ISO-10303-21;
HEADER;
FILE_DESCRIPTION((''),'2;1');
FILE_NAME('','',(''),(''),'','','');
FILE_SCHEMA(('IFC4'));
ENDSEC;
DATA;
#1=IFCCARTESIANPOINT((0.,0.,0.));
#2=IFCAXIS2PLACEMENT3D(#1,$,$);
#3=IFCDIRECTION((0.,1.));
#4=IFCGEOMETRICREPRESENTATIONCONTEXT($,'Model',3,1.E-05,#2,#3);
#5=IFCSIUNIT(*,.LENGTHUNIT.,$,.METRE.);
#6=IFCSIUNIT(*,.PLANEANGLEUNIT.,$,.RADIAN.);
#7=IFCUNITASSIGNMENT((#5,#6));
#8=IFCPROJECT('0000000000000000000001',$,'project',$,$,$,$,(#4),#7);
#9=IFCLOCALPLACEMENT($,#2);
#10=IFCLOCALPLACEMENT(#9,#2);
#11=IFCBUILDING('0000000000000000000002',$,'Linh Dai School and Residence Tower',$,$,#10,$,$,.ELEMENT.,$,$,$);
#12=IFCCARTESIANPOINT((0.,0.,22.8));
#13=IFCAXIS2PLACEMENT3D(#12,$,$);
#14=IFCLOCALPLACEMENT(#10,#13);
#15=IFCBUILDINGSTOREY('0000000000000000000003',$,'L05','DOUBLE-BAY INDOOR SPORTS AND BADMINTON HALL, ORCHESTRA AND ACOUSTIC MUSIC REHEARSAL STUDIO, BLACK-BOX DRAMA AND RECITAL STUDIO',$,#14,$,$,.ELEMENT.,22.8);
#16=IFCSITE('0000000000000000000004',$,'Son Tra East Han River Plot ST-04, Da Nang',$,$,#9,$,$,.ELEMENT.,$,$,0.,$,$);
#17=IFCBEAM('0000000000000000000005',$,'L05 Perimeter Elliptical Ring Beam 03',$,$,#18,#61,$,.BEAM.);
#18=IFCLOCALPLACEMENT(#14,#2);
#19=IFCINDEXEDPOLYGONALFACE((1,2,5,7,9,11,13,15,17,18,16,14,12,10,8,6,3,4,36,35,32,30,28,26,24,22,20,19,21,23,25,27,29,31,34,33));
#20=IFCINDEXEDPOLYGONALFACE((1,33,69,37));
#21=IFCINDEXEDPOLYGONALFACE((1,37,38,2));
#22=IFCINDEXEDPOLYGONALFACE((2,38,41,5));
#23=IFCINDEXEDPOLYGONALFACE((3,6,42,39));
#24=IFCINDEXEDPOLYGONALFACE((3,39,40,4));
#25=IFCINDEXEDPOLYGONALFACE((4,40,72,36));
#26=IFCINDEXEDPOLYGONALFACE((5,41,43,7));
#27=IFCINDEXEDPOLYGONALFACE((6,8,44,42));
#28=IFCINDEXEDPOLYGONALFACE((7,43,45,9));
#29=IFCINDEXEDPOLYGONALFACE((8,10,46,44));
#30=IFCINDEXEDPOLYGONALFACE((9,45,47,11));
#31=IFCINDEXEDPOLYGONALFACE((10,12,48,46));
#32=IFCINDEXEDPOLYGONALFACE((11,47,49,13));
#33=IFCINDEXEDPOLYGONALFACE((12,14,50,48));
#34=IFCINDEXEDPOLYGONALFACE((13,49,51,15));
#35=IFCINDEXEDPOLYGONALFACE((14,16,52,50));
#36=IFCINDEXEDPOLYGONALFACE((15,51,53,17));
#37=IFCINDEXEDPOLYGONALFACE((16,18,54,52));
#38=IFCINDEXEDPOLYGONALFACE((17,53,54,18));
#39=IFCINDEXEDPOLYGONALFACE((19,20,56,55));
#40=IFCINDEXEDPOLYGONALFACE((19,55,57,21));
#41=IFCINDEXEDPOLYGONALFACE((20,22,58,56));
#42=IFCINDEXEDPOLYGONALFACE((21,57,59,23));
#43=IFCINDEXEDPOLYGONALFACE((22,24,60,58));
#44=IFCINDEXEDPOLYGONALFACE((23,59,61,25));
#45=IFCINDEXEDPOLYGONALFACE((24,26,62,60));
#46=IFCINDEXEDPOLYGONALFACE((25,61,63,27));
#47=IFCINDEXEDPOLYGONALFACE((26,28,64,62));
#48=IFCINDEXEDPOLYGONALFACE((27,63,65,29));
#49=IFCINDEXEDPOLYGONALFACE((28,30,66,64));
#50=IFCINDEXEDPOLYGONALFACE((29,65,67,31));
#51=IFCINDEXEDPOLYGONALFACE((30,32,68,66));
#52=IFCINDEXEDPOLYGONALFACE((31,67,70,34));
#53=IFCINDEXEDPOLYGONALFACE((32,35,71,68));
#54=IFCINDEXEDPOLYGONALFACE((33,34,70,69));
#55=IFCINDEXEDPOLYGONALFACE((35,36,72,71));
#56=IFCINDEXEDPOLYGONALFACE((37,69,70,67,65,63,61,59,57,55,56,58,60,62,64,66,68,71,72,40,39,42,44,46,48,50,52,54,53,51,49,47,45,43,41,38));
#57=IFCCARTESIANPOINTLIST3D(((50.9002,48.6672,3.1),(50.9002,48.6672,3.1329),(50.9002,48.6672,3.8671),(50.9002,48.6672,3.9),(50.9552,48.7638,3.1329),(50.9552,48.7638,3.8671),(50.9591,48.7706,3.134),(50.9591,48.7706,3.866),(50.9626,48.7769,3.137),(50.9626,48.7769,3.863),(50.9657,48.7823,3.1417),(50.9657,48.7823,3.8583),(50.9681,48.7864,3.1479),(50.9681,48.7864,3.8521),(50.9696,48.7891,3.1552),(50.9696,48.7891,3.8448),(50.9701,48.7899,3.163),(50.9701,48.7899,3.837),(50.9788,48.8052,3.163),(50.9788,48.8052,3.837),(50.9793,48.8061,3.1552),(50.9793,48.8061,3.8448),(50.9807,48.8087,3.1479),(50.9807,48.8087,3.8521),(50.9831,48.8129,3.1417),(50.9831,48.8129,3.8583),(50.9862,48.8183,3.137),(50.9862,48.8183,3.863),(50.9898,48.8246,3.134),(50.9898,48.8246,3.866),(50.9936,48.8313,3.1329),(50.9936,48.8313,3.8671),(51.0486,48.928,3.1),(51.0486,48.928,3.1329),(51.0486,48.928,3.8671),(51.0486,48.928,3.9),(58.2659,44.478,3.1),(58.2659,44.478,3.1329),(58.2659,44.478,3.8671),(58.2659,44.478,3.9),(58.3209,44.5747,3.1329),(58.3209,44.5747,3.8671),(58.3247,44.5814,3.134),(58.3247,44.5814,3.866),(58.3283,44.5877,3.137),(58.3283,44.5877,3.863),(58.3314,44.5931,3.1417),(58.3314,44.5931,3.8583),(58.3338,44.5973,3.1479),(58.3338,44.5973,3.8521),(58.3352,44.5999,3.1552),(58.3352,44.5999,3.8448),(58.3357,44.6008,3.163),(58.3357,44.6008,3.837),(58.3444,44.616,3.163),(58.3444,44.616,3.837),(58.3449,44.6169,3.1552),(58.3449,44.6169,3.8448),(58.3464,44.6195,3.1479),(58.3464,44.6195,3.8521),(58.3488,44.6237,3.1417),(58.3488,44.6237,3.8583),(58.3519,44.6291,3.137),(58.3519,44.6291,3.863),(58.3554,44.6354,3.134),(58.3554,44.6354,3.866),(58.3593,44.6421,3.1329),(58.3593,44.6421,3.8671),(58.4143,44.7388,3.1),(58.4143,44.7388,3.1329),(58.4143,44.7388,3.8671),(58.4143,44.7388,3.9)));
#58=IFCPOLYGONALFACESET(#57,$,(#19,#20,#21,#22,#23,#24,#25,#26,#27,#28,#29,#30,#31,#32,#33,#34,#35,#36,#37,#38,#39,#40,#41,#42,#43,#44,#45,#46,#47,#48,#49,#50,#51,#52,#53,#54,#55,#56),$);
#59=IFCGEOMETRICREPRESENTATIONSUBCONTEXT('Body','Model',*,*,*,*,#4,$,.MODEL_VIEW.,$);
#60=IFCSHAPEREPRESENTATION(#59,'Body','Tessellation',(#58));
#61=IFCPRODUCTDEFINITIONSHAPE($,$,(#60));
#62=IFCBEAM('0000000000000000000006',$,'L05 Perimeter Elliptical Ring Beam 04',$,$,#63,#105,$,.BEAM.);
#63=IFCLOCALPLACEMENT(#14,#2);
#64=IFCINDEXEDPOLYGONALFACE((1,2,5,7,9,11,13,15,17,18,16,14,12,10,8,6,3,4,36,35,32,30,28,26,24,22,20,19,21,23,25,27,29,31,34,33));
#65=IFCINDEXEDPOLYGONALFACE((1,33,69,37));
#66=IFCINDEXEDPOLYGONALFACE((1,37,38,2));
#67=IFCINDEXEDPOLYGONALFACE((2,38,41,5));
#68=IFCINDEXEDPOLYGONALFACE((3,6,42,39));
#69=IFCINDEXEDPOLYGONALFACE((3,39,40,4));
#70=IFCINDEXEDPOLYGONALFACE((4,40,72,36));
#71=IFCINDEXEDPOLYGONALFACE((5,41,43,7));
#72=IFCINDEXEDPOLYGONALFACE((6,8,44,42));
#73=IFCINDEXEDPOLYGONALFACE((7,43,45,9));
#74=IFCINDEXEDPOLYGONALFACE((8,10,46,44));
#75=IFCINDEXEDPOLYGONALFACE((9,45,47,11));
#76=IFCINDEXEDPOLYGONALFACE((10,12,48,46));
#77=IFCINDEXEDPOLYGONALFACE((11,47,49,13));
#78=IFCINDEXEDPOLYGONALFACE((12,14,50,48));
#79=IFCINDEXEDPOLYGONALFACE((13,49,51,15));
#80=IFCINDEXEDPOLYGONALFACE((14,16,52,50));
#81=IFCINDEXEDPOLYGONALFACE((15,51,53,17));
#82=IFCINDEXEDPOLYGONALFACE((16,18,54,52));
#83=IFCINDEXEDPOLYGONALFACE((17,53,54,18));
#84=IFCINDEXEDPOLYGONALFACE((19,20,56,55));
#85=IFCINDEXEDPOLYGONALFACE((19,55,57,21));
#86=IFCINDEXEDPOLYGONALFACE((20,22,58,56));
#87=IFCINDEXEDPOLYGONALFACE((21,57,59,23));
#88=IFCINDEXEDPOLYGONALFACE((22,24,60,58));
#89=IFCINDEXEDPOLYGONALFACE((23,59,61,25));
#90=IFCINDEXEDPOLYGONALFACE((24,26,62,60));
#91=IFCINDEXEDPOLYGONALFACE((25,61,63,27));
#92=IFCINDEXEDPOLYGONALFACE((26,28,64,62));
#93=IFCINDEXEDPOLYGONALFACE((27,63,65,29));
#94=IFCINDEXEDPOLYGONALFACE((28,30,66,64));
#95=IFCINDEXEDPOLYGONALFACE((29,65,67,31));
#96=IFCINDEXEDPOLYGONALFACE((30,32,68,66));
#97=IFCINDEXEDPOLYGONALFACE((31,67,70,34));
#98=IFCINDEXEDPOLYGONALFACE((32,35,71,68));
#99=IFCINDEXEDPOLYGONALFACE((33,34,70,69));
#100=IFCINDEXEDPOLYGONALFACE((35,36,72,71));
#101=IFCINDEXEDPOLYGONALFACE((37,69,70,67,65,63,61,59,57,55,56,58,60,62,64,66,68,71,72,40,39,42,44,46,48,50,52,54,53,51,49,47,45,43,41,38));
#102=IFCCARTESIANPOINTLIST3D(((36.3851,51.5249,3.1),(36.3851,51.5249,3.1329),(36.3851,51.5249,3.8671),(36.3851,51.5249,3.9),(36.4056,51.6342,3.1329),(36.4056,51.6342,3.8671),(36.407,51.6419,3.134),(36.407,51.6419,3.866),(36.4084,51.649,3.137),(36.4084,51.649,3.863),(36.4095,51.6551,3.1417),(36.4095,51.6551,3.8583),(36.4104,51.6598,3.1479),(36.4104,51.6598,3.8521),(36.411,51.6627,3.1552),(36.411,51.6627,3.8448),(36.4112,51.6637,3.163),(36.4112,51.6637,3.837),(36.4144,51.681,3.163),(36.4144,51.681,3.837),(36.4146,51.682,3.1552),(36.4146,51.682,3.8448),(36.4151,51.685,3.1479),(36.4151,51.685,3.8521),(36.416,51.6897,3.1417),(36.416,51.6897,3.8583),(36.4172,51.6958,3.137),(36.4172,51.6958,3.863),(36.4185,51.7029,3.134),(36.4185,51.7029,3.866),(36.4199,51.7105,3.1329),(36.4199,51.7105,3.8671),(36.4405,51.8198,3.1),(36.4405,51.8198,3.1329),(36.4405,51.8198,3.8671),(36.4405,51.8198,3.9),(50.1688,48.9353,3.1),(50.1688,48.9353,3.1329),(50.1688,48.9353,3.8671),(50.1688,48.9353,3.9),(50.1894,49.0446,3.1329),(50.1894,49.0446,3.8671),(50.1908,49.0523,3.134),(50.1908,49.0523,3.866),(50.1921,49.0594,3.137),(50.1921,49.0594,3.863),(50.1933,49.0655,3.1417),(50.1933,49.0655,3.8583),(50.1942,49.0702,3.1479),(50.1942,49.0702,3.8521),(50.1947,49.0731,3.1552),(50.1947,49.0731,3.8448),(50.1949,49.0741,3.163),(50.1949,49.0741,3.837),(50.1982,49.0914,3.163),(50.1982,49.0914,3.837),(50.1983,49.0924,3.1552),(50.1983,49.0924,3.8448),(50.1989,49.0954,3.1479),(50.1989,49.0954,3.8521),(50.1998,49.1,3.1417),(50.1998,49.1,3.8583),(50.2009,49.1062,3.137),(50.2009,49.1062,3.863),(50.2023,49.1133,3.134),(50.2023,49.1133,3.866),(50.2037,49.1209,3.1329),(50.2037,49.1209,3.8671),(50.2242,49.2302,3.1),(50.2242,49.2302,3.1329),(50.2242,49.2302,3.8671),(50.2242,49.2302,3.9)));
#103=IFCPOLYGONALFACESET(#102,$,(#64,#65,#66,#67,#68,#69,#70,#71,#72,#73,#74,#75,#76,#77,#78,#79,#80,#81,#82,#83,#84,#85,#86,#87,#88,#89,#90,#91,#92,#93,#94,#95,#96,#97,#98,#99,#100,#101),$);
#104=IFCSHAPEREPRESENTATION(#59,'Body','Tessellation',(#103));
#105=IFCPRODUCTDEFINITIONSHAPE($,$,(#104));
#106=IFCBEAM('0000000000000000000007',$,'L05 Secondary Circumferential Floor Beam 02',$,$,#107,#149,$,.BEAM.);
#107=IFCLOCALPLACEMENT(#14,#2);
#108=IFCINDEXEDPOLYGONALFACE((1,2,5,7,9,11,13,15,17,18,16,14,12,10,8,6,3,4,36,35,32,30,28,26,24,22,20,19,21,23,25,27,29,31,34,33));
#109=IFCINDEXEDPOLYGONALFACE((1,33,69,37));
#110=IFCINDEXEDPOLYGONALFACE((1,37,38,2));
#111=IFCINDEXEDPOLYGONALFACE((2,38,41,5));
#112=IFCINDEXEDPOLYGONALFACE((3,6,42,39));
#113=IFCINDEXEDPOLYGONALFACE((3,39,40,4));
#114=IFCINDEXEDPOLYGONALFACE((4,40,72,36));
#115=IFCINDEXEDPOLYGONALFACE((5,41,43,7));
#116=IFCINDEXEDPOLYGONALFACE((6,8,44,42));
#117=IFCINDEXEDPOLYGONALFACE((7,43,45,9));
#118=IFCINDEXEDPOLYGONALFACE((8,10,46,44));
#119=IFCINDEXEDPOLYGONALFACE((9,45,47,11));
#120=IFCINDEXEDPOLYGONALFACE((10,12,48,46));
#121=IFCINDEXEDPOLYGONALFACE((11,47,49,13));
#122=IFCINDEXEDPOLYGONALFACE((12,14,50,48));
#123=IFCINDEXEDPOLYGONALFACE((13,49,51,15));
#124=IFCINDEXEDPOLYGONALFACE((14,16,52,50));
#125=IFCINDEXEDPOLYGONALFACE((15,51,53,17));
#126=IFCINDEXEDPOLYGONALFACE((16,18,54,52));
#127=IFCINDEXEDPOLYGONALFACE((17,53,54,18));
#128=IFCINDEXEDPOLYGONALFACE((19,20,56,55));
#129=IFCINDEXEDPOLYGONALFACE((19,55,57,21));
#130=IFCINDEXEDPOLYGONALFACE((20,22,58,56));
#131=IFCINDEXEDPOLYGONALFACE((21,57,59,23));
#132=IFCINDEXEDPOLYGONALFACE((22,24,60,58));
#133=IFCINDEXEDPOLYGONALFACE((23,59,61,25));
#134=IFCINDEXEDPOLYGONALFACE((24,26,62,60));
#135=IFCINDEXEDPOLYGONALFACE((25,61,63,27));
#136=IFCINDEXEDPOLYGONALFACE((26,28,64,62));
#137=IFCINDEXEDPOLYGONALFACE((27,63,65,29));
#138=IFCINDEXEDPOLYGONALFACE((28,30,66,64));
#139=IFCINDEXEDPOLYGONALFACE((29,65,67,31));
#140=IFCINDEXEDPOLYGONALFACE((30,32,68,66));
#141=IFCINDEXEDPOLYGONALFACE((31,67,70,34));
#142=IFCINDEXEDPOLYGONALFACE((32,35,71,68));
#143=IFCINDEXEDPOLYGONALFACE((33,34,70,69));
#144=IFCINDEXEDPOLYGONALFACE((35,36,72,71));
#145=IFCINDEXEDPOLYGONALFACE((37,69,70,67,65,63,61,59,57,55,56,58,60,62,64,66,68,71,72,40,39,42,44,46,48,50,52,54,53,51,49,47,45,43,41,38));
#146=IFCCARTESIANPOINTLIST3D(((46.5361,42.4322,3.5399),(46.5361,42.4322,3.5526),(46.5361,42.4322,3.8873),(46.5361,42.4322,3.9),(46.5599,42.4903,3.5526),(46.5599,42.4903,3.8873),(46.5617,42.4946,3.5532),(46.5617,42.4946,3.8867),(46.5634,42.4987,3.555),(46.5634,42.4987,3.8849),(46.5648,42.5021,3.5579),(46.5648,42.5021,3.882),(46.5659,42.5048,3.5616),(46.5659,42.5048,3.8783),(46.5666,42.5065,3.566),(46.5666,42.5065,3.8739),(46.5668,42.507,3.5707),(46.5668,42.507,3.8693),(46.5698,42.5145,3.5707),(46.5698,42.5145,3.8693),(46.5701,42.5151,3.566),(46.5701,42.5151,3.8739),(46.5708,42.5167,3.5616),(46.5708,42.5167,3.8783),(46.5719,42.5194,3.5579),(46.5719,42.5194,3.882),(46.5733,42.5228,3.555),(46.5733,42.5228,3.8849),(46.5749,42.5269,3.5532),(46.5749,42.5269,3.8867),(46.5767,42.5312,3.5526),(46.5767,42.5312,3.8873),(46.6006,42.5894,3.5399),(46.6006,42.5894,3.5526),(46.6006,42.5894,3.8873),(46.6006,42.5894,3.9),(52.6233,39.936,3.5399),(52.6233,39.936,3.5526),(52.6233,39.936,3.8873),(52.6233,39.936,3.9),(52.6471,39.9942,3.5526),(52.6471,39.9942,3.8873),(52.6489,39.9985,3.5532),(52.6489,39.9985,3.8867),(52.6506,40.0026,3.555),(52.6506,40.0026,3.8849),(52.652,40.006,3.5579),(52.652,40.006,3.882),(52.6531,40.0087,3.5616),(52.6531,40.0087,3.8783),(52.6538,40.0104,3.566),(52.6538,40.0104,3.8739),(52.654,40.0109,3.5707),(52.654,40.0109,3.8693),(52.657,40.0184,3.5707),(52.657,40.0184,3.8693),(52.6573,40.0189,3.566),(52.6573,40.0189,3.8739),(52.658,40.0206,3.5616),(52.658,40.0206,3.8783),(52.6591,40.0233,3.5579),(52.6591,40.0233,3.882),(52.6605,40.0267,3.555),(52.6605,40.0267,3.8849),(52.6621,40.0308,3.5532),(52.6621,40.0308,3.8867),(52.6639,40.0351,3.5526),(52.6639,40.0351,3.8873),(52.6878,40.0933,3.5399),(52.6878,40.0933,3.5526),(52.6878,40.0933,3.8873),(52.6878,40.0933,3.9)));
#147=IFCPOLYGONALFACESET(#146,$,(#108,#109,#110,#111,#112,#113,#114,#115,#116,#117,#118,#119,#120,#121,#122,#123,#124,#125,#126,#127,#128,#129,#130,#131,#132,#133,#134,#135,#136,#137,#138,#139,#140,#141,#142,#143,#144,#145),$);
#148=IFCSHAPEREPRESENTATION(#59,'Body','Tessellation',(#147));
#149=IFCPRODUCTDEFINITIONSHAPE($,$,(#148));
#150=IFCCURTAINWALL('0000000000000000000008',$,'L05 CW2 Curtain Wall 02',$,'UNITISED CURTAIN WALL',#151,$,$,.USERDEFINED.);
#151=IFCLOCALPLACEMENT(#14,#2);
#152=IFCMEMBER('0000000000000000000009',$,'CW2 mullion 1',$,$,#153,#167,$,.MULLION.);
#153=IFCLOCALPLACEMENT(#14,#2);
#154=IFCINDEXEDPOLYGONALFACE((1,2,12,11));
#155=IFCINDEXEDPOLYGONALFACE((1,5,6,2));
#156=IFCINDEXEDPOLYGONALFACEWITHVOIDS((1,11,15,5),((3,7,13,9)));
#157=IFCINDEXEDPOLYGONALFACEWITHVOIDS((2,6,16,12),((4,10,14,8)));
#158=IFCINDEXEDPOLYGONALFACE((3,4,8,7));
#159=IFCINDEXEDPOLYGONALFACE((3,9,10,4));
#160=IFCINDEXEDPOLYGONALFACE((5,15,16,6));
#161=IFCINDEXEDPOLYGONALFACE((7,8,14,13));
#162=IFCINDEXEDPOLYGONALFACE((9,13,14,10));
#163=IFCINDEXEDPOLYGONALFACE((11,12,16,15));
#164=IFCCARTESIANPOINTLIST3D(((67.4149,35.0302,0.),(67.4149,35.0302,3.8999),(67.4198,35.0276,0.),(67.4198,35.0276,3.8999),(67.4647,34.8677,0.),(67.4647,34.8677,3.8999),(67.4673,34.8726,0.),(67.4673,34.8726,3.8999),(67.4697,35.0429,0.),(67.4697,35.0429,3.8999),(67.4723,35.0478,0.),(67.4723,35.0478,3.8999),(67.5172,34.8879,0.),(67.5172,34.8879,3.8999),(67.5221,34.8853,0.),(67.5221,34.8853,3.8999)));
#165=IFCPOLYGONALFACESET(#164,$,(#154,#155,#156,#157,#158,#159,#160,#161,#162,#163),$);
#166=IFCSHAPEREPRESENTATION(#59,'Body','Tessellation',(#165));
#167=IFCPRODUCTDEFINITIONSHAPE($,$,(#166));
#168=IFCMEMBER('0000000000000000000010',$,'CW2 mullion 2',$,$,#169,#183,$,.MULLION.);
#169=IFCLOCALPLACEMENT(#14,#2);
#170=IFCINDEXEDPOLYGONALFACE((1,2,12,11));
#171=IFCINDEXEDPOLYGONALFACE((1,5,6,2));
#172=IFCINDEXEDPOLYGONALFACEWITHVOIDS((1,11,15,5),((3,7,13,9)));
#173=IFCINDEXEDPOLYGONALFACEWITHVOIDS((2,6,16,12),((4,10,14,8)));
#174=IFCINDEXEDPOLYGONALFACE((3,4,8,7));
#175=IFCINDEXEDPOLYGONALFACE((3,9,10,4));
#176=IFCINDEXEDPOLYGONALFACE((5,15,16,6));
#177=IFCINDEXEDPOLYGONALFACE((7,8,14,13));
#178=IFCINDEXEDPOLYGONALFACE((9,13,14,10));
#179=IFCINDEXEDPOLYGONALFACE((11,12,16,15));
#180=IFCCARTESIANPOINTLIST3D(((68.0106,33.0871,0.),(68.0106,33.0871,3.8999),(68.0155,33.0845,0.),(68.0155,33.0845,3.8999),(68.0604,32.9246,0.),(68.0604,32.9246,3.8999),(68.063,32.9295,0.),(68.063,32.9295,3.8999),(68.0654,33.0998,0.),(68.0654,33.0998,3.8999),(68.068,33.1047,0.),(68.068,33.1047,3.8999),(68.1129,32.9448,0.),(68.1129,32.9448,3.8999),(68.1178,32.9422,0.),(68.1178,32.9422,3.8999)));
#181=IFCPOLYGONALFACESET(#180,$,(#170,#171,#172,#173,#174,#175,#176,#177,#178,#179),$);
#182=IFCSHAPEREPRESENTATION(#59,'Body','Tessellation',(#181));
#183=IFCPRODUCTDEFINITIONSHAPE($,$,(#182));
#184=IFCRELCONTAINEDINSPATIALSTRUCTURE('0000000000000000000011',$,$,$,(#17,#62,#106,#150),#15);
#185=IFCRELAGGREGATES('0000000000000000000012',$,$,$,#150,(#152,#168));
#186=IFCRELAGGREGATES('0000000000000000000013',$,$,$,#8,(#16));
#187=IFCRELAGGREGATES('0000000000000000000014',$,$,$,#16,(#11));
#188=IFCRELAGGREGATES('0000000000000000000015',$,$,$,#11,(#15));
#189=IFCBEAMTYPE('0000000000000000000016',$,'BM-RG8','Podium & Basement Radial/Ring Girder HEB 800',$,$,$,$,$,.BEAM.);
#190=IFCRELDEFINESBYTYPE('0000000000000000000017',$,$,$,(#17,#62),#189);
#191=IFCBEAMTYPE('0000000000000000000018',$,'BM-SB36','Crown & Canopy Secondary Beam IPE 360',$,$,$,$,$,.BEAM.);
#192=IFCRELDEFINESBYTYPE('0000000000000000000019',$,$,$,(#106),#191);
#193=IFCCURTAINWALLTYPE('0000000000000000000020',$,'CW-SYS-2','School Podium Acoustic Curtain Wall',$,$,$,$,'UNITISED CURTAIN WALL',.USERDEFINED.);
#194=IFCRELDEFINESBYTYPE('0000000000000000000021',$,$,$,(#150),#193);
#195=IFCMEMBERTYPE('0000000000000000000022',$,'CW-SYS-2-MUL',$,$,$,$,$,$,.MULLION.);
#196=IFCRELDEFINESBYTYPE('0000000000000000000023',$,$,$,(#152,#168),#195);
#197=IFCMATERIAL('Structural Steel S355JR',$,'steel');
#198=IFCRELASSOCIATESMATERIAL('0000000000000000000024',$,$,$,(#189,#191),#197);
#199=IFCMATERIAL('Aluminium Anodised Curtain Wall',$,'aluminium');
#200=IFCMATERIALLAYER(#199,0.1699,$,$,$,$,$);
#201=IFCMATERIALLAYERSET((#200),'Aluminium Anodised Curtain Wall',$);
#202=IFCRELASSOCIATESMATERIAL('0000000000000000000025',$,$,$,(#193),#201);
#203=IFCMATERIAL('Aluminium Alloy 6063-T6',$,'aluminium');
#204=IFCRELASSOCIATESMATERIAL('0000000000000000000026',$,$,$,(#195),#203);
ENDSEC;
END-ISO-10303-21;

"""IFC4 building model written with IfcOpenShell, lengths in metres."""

from ifc_helpers import new_model, si_unit, direction, frame, origin, origin_2d, place, context, subcontext, project, spatial, hollow_rectangle, i_section, extrude, source, transform, mapped, material, layer, layer_set, material_profile, profile_set, type_object, element, aggregate, save


model = new_model("IFC4")

# Units and contexts
model_context = context("Model", 3, precision=1e-05, world=origin(), true_north=direction((0.0, 1.0)))
body_context = subcontext(model_context, "Body", "Model", "MODEL_VIEW")
ifc_project = project(units=[si_unit("LENGTHUNIT", "METRE"), si_unit("PLANEANGLEUNIT", "RADIAN")], contexts=[model_context])

# Site, building, storey
site_placement = place(None, origin())
site = spatial("IfcSite", under=ifc_project, at=site_placement, Name="Son Tra East Han River Plot ST-04, Da Nang", CompositionType="ELEMENT", RefElevation=0.0)
building_placement = place(site_placement, origin())
building = spatial("IfcBuilding", under=site, at=building_placement, Name="Linh Dai School and Residence Tower", CompositionType="ELEMENT")
storey_placement = place(building_placement, frame((0.0, 0.0, 22.8)))
storey = spatial("IfcBuildingStorey", under=building, at=storey_placement, Name="L05", Description="DOUBLE-BAY INDOOR SPORTS AND BADMINTON HALL, ORCHESTRA AND ACOUSTIC MUSIC REHEARSAL STUDIO, BLACK-BOX DRAMA AND RECITAL STUDIO", CompositionType="ELEMENT", Elevation=22.8)

# Shared definitions
ifc_material_1 = material(Name="Structural Steel S355JR", Category="steel")

# Beams
ifc_material_profile_1 = material_profile(ifc_material_1, i_section(OverallWidth=0.3, OverallDepth=0.8, WebThickness=0.0176, FlangeThickness=0.033, FilletRadius=0.03, at=origin_2d()), Name="HEB 800")
ifc_profile_set_1 = profile_set([ifc_material_profile_1], Name="Structural Steel S355JR")
beam_type_1 = type_object("IfcBeamType", Name="BM-RG8", Description="Podium & Basement Radial/Ring Girder HEB 800", PredefinedType="BEAM", material=ifc_profile_set_1)
beam_1_placement = place(storey_placement, frame((58.3401, 44.6084, 3.5), z_axis=(-0.869247, 0.494379, 0.0), x_axis=(-0.494379, -0.869247, 0.0)))
element("IfcBeam", 1, at=beam_1_placement, inside=storey, type_object=beam_type_1, Name="L05 Perimeter Elliptical Ring Beam 03", PredefinedType="BEAM", context=body_context, shape_type="SweptSolid", body=[
    extrude(i_section(OverallWidth=0.3, OverallDepth=0.8, WebThickness=0.0176, FlangeThickness=0.033, FilletRadius=0.03, at=origin_2d()), origin(), (0.0, 0.0, 1.0), 8.4736),
])
beam_2_placement = place(storey_placement, frame((50.1965, 49.0828, 3.5), z_axis=(-0.982806, 0.184644, 0.0), x_axis=(-0.184644, -0.982806, 0.0)))
element("IfcBeam", 2, at=beam_2_placement, inside=storey, type_object=beam_type_1, Name="L05 Perimeter Elliptical Ring Beam 04", PredefinedType="BEAM", context=body_context, shape_type="SweptSolid", body=[
    extrude(i_section(OverallWidth=0.3, OverallDepth=0.8, WebThickness=0.0176, FlangeThickness=0.033, FilletRadius=0.03, at=origin_2d()), origin(), (0.0, 0.0, 1.0), 14.0249),
])
ifc_material_profile_2 = material_profile(ifc_material_1, i_section(OverallWidth=0.1699, OverallDepth=0.3601, WebThickness=0.0081, FlangeThickness=0.0127, FilletRadius=0.0181, at=origin_2d()), Name="IPE 360")
ifc_profile_set_2 = profile_set([ifc_material_profile_2], Name="Structural Steel S355JR")
beam_type_2 = type_object("IfcBeamType", Name="BM-SB36", Description="Crown & Canopy Secondary Beam IPE 360", PredefinedType="BEAM", material=ifc_profile_set_2)
beam_3_placement = place(storey_placement, frame((52.6555, 40.0146, 3.72), z_axis=(-0.925233, 0.3794, 0.0), x_axis=(-0.3794, -0.925233, 0.0)))
element("IfcBeam", 3, at=beam_3_placement, inside=storey, type_object=beam_type_2, Name="L05 Secondary Circumferential Floor Beam 02", PredefinedType="BEAM", context=body_context, shape_type="SweptSolid", body=[
    extrude(i_section(OverallWidth=0.1699, OverallDepth=0.3601, WebThickness=0.0081, FlangeThickness=0.0127, FilletRadius=0.0181, at=origin_2d()), origin(), (0.0, 0.0, 1.0), 6.5791),
])

# Curtain wall, members
ifc_material_2 = material(Name="Aluminium Anodised Curtain Wall", Category="aluminium")
ifc_layer_1 = layer(ifc_material_2, 0.1699)
ifc_layer_set_1 = layer_set([ifc_layer_1], Name="Aluminium Anodised Curtain Wall")
curtain_wall_type = type_object("IfcCurtainWallType", Name="CW-SYS-2", Description="School Podium Acoustic Curtain Wall", ElementType="UNITISED CURTAIN WALL", PredefinedType="USERDEFINED", material=ifc_layer_set_1)
curtain_wall_placement = place(storey_placement, origin())
curtain_wall = element("IfcCurtainWall", 4, at=curtain_wall_placement, inside=storey, type_object=curtain_wall_type, Name="L05 CW2 Curtain Wall 02", ObjectType="UNITISED CURTAIN WALL", PredefinedType="USERDEFINED")
ifc_material_3 = material(Name="Aluminium Alloy 6063-T6", Category="aluminium")
ifc_material_profile_3 = material_profile(ifc_material_3, hollow_rectangle(XDim=0.0601, YDim=0.1699, WallThickness=0.0039, at=origin_2d()), Name="RHS 170x60x4")
ifc_profile_set_3 = profile_set([ifc_material_profile_3], Name="Aluminium Alloy 6063-T6")
member_type_1 = type_object("IfcMemberType", Name="CW-SYS-2-MUL", PredefinedType="MULLION", material=ifc_profile_set_3)
shared_shape_1 = source(origin(), body_context, "Body", "SweptSolid", [
    extrude(hollow_rectangle(XDim=0.0601, YDim=0.1699, WallThickness=0.0039, at=origin_2d()), origin(), (0.0, 0.0, 1.0), 3.8999),
])
member_1_placement = place(storey_placement, frame((67.4685, 34.9578, 0.0), z_axis=(0.0, 0.0, 1.0), x_axis=(0.956081, 0.293104, 0.0)))
member_1 = element("IfcMember", 5, at=member_1_placement, type_object=member_type_1, Name="CW2 mullion 1", PredefinedType="MULLION", context=body_context, shape_type="MappedRepresentation", body=[
    mapped(shared_shape_1, transform((0.0, 0.0, 0.0), x_axis=(1.0, 0.0, 0.0), y_axis=(0.0, 1.0, 0.0), z_axis=(0.0, 0.0, 1.0), scale=1.0)),
])
member_2_placement = place(storey_placement, frame((68.0642, 33.0146, 0.0), z_axis=(0.0, 0.0, 1.0), x_axis=(0.956081, 0.293104, 0.0)))
member_2 = element("IfcMember", 6, at=member_2_placement, type_object=member_type_1, Name="CW2 mullion 2", PredefinedType="MULLION", context=body_context, shape_type="MappedRepresentation", body=[
    mapped(shared_shape_1, transform((0.0, 0.0, 0.0), x_axis=(1.0, 0.0, 0.0), y_axis=(0.0, 1.0, 0.0), z_axis=(0.0, 0.0, 1.0), scale=1.0)),
])
aggregate(curtain_wall, [member_1, member_2])

save(model, "model.ifc")
